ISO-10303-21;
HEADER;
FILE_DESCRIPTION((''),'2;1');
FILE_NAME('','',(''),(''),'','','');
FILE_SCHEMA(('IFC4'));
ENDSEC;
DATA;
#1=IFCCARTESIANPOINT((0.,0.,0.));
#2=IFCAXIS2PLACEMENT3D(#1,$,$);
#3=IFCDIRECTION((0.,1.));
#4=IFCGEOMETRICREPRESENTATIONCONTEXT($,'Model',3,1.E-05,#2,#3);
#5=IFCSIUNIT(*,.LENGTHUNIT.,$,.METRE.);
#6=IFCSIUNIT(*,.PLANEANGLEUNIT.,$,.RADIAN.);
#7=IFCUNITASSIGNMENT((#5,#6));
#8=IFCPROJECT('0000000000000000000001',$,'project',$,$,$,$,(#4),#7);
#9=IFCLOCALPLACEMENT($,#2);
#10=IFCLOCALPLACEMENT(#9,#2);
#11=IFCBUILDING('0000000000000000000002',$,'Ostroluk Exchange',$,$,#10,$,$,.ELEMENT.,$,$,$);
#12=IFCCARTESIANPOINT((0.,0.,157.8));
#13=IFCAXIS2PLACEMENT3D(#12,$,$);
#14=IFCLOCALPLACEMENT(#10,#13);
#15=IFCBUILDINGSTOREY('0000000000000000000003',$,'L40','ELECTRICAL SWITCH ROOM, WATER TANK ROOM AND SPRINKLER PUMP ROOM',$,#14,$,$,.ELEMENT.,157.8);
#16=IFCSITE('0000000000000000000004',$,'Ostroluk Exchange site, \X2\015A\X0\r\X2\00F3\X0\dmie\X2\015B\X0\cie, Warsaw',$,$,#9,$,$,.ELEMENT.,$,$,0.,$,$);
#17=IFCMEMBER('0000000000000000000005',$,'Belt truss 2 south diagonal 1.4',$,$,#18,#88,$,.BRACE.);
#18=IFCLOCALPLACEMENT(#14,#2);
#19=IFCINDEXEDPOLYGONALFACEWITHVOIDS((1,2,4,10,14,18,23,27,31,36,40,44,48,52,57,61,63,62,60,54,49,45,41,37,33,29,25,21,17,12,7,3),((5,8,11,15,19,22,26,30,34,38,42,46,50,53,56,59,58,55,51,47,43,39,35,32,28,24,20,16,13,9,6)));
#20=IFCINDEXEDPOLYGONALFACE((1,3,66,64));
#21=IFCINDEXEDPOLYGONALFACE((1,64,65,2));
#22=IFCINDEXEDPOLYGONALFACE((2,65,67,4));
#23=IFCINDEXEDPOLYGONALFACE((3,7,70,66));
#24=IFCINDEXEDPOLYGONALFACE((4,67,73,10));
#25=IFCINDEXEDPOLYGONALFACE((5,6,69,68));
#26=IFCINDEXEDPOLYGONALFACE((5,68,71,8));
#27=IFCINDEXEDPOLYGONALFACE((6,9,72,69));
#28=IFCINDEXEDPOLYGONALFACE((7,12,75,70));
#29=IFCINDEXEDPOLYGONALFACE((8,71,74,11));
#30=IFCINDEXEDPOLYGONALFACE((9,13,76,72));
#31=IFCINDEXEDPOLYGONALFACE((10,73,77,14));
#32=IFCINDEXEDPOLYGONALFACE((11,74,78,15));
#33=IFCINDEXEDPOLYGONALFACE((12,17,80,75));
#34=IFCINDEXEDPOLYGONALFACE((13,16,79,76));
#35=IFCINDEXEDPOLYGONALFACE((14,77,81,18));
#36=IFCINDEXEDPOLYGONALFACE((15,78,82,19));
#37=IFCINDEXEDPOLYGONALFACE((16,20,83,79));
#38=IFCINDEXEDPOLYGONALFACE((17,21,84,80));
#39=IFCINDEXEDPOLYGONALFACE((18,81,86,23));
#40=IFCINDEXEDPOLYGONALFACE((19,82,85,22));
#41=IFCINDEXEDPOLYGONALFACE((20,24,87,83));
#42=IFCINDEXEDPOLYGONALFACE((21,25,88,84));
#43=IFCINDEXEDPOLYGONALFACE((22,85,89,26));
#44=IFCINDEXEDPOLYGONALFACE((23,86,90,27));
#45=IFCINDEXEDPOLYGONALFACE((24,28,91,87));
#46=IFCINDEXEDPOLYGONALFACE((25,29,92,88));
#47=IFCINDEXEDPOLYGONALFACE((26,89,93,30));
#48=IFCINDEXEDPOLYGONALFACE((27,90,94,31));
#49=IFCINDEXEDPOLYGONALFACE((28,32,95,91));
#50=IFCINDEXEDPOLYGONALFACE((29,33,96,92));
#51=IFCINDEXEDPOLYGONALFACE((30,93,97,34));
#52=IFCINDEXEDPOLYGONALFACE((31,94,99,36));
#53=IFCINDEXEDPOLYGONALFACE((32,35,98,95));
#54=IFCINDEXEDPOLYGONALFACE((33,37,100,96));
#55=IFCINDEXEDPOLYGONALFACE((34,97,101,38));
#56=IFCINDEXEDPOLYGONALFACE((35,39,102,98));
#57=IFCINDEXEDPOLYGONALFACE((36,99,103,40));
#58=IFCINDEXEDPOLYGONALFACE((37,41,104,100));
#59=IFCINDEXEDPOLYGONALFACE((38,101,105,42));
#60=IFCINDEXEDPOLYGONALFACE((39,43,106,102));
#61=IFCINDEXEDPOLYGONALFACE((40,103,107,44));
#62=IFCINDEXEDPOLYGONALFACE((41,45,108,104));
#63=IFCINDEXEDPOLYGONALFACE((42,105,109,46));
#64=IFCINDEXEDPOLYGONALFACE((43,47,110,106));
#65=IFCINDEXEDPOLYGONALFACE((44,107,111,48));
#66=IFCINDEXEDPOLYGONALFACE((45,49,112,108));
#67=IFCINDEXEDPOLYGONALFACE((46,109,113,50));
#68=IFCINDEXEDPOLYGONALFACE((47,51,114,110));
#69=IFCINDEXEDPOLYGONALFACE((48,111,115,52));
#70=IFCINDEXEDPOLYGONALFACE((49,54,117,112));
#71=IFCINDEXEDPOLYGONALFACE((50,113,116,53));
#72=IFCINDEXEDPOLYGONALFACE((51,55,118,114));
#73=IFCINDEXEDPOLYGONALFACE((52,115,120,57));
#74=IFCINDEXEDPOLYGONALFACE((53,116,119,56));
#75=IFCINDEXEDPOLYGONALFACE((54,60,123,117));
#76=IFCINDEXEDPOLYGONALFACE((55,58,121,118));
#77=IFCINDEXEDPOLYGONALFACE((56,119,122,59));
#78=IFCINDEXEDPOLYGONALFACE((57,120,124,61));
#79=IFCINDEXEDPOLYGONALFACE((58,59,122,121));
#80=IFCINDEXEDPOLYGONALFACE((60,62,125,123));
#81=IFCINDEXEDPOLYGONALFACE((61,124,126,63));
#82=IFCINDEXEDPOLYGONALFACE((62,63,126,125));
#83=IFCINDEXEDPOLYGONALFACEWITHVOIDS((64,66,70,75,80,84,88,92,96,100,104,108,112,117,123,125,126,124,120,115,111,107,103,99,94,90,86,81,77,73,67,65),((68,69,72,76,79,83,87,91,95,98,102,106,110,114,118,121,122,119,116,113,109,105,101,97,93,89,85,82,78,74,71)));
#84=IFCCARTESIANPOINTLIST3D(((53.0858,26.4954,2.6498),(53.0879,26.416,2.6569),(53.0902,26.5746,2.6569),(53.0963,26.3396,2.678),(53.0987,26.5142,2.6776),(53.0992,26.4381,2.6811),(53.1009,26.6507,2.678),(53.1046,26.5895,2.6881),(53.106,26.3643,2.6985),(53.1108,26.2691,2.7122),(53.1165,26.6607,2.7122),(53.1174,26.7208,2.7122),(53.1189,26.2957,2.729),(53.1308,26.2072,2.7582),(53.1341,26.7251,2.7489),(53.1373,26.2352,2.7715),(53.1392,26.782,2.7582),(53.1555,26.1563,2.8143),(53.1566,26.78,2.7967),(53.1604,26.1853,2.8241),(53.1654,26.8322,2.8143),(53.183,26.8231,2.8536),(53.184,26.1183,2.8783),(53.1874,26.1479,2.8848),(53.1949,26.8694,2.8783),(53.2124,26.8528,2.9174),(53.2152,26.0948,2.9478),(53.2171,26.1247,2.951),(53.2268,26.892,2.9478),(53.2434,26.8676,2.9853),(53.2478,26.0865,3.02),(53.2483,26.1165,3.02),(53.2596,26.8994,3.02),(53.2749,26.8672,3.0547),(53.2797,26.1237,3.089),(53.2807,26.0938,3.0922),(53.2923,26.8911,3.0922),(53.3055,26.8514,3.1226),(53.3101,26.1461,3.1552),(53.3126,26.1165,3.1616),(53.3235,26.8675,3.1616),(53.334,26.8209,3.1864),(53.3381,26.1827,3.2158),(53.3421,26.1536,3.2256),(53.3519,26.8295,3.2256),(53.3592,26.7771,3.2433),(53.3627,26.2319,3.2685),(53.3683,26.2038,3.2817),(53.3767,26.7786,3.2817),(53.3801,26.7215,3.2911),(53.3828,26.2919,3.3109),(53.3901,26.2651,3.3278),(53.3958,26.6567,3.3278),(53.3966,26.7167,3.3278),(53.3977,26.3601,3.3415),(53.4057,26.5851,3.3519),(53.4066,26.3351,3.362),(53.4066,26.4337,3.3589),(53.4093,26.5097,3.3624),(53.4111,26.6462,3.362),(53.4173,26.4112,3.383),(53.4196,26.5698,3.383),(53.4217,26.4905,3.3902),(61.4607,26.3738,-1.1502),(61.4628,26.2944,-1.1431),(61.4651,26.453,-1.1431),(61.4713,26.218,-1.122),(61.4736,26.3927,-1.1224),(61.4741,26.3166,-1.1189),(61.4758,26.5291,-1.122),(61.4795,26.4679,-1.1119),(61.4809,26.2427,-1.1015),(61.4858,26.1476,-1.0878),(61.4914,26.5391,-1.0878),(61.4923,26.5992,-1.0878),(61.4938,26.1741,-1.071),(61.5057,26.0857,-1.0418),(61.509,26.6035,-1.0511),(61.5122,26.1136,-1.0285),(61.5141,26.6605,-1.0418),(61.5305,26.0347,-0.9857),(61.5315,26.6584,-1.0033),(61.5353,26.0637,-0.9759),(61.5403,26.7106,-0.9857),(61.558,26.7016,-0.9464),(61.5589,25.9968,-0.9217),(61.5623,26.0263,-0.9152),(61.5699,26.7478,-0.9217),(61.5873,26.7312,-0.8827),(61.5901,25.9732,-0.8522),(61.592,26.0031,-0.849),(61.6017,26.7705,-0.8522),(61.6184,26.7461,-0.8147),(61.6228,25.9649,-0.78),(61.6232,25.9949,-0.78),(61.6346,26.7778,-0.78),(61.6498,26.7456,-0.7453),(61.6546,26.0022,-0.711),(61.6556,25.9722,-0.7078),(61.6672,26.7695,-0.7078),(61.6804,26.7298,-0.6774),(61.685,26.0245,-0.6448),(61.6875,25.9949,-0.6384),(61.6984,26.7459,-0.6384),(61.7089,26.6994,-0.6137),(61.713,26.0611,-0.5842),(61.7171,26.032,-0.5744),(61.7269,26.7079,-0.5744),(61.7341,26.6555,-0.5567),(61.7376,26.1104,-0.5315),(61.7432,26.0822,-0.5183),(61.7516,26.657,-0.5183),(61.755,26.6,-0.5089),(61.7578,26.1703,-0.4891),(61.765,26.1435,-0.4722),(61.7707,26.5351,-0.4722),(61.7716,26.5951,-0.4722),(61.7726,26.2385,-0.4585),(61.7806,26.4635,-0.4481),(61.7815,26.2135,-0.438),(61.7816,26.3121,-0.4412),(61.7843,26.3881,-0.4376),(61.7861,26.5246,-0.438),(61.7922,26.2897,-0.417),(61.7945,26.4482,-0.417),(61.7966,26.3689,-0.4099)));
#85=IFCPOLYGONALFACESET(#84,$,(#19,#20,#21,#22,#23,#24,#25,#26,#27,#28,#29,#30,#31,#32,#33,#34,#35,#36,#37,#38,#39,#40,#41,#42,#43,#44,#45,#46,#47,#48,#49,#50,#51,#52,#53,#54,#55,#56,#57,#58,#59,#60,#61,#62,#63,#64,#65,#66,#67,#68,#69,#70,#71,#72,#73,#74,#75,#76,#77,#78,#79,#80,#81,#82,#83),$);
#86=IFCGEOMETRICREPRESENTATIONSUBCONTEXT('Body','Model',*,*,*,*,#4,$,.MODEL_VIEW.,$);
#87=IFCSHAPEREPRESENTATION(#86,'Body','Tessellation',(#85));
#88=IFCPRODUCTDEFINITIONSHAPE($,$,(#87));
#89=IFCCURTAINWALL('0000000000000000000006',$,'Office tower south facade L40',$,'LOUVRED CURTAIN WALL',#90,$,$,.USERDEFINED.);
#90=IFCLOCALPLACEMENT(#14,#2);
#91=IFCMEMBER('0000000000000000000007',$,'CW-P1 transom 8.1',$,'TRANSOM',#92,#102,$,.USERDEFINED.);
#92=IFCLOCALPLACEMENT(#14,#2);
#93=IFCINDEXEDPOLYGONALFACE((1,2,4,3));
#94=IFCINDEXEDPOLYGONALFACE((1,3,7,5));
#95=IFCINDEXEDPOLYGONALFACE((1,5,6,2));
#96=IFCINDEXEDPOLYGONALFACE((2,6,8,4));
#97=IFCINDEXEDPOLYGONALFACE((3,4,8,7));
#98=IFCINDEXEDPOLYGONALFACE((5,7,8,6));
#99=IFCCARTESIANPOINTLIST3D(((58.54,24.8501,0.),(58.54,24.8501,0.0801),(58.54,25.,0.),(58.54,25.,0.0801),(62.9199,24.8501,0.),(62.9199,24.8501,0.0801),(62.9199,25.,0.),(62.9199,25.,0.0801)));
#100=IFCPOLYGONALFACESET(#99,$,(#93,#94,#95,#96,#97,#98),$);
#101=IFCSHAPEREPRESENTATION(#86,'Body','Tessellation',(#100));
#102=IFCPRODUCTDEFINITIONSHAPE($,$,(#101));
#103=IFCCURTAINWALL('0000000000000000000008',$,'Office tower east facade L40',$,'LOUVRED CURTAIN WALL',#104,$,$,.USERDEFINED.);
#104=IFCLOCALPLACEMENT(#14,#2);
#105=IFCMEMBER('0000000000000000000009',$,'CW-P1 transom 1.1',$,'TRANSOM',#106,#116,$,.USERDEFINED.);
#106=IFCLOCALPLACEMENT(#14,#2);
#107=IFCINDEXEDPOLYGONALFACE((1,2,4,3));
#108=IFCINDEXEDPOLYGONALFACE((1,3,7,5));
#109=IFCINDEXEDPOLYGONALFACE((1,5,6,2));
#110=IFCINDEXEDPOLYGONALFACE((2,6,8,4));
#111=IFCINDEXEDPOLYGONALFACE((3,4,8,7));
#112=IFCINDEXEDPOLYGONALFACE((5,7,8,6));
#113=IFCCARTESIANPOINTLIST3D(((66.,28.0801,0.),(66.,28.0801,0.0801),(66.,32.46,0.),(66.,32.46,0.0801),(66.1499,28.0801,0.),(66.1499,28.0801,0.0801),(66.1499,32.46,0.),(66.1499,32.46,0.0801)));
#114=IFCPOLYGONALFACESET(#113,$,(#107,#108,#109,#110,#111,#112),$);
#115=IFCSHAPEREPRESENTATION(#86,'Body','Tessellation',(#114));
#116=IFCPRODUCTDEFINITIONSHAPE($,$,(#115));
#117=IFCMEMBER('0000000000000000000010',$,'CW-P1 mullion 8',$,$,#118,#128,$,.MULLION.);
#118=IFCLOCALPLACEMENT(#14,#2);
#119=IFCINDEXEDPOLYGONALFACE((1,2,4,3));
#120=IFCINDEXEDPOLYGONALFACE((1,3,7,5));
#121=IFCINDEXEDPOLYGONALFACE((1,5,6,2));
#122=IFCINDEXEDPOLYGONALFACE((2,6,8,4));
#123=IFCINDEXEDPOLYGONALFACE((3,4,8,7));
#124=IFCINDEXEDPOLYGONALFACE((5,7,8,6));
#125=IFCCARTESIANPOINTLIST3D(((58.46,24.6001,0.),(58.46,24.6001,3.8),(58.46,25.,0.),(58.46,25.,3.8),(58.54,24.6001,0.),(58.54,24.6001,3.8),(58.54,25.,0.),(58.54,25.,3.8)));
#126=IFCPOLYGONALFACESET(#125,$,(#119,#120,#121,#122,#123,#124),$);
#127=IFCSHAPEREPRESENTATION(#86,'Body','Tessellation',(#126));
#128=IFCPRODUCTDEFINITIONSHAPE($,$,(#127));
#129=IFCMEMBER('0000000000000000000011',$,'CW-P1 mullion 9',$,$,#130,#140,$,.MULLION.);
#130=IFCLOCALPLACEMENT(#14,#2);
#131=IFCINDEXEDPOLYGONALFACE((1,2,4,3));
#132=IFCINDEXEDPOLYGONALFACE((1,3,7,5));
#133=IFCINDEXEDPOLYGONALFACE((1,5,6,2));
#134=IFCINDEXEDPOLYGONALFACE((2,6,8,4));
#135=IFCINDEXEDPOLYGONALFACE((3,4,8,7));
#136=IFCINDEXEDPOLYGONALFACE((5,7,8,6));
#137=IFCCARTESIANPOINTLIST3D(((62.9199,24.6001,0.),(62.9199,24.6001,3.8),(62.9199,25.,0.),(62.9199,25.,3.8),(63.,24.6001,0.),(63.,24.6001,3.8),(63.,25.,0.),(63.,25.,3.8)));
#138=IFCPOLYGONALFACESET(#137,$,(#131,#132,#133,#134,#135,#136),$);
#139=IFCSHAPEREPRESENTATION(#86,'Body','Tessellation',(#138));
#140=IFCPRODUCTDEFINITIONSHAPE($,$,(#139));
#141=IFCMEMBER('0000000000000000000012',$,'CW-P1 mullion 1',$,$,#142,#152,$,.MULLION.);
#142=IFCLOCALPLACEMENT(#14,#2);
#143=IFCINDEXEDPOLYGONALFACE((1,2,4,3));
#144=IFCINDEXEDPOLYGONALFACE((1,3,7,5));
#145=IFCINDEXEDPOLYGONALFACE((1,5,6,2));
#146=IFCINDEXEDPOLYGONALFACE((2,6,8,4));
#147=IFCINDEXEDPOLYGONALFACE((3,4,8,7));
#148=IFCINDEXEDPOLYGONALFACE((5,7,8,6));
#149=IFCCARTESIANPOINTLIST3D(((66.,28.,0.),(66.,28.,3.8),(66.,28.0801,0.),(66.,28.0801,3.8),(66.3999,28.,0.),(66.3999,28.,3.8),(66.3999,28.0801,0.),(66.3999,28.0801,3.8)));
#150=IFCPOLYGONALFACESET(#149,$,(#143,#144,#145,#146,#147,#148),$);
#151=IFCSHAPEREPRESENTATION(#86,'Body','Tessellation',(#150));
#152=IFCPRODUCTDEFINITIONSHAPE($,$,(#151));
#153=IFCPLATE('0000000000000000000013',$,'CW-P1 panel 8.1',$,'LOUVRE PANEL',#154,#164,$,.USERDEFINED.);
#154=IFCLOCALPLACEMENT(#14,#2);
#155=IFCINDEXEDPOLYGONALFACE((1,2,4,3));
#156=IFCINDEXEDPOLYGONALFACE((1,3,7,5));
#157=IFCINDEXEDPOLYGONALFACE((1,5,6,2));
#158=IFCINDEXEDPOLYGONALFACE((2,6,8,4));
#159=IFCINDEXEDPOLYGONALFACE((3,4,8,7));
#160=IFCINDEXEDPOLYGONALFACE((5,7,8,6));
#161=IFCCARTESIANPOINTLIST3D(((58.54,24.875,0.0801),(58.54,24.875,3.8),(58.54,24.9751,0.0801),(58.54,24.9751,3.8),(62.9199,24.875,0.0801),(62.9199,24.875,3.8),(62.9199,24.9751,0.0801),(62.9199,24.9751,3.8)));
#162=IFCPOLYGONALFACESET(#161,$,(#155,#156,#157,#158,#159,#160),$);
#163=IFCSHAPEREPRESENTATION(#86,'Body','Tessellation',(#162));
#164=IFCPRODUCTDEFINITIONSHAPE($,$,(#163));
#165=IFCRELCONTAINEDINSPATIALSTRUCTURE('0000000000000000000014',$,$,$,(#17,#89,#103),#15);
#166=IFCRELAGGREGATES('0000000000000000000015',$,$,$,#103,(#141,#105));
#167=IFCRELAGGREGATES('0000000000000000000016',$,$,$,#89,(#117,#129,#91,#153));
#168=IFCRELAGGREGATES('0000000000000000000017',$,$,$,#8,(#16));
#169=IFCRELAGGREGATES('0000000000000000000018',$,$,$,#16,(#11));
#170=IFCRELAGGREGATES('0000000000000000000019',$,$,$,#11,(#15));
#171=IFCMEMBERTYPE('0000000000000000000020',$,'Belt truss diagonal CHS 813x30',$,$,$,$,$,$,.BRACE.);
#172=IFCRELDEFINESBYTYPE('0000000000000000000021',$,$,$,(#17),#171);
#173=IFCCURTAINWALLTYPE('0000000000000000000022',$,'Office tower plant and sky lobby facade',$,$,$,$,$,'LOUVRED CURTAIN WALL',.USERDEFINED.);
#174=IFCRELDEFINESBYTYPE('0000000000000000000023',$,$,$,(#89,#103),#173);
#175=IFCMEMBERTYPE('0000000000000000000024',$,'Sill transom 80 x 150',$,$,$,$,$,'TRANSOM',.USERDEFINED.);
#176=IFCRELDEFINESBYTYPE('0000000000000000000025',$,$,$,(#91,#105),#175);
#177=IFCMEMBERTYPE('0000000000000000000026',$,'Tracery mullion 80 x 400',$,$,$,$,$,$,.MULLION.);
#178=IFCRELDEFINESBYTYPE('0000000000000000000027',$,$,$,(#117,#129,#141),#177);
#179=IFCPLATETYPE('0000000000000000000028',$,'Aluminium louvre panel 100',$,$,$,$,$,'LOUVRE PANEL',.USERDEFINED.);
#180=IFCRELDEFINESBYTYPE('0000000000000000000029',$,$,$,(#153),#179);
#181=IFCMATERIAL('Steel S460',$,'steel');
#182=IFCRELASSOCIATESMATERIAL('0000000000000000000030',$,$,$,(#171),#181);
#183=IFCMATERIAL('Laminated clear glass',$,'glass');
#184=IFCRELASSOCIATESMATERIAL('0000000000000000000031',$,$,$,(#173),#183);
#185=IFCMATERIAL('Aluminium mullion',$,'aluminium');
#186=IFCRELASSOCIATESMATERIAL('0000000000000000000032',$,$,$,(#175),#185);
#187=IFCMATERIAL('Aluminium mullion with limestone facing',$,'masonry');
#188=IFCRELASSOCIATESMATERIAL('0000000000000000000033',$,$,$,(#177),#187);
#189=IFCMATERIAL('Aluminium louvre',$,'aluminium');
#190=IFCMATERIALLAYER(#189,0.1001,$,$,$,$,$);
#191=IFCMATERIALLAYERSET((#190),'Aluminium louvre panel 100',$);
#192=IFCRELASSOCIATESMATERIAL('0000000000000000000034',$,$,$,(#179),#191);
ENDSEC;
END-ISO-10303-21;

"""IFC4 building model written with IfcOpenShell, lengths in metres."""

from ifc_helpers import new_model, si_unit, direction, frame, origin, origin_2d, place, context, subcontext, project, spatial, rectangle, hollow_circle, extrude, material, layer, layer_set, material_profile, profile_set, type_object, element, aggregate, save


model = new_model("IFC4")

# Units and contexts
model_context = context("Model", 3, precision=1e-05, world=origin(), true_north=direction((0.0, 1.0)))
body_context = subcontext(model_context, "Body", "Model", "MODEL_VIEW")
ifc_project = project(units=[si_unit("LENGTHUNIT", "METRE"), si_unit("PLANEANGLEUNIT", "RADIAN")], contexts=[model_context])

# Site, building, storey
site_placement = place(None, origin())
site = spatial("IfcSite", under=ifc_project, at=site_placement, Name="Ostroluk Exchange site, Śródmieście, Warsaw", CompositionType="ELEMENT", RefElevation=0.0)
building_placement = place(site_placement, origin())
building = spatial("IfcBuilding", under=site, at=building_placement, Name="Ostroluk Exchange", CompositionType="ELEMENT")
storey_placement = place(building_placement, frame((0.0, 0.0, 157.8)))
storey = spatial("IfcBuildingStorey", under=building, at=storey_placement, Name="L40", Description="ELECTRICAL SWITCH ROOM, WATER TANK ROOM AND SPRINKLER PUMP ROOM", CompositionType="ELEMENT", Elevation=157.8)

# Member
ifc_material_1 = material(Name="Steel S460", Category="steel")
ifc_material_profile_1 = material_profile(ifc_material_1, hollow_circle(Radius=0.4065, WallThickness=0.03, at=origin_2d()), Name="CHS 813x30")
ifc_profile_set_1 = profile_set([ifc_material_profile_1], Name="Steel S460")
member_type_1 = type_object("IfcMemberType", Name="Belt truss diagonal CHS 813x30", PredefinedType="BRACE", material=ifc_profile_set_1)
for number, where, z_axis, x_axis, name in (
    (1, (61.6287, 26.3713, -0.78), (-0.910564, 0.013219, 0.413157), (-0.014516, -0.999895, 0.0), "Belt truss 2 south diagonal 1.4"),
):
    element("IfcMember", number, at=place(storey_placement, frame(where, z_axis=z_axis, x_axis=x_axis)), inside=storey, type_object=member_type_1, Name=name, PredefinedType="BRACE", context=body_context, shape_type="SweptSolid", body=[
        extrude(hollow_circle(Radius=0.4065, WallThickness=0.03, at=origin_2d()), origin(), (0.0, 0.0, 1.0), 9.1975),
    ])

# Curtain walls, members
ifc_material_2 = material(Name="Laminated clear glass", Category="glass")
curtain_wall_type = type_object("IfcCurtainWallType", Name="Office tower plant and sky lobby facade", ElementType="LOUVRED CURTAIN WALL", PredefinedType="USERDEFINED", material=ifc_material_2)
curtain_wall_1_placement = place(storey_placement, origin())
curtain_wall_1 = element("IfcCurtainWall", 2, at=curtain_wall_1_placement, inside=storey, type_object=curtain_wall_type, Name="Office tower south facade L40", ObjectType="LOUVRED CURTAIN WALL", PredefinedType="USERDEFINED")
ifc_material_3 = material(Name="Aluminium mullion", Category="aluminium")
ifc_material_profile_2 = material_profile(ifc_material_3, rectangle(XDim=0.1499, YDim=0.0801, at=origin_2d()), Name="Sill transom 80 x 150")
ifc_profile_set_2 = profile_set([ifc_material_profile_2], Name="Aluminium mullion")
member_type_2 = type_object("IfcMemberType", Name="Sill transom 80 x 150", ElementType="TRANSOM", PredefinedType="USERDEFINED", material=ifc_profile_set_2)
member_1_placement = place(storey_placement, frame((58.54, 24.925, 0.04), z_axis=(1.0, 0.0, 0.0), x_axis=(0.0, 1.0, 0.0)))
member_1 = element("IfcMember", 3, at=member_1_placement, type_object=member_type_2, Name="CW-P1 transom 8.1", ObjectType="TRANSOM", PredefinedType="USERDEFINED", context=body_context, shape_type="SweptSolid", body=[
    extrude(rectangle(XDim=0.1499, YDim=0.0801, at=origin_2d()), origin(), (0.0, 0.0, 1.0), 4.3799),
])
curtain_wall_2_placement = place(storey_placement, origin())
curtain_wall_2 = element("IfcCurtainWall", 4, at=curtain_wall_2_placement, inside=storey, type_object=curtain_wall_type, Name="Office tower east facade L40", ObjectType="LOUVRED CURTAIN WALL", PredefinedType="USERDEFINED")
member_2_placement = place(storey_placement, frame((66.075, 28.0801, 0.04), z_axis=(0.0, 1.0, 0.0), x_axis=(-1.0, 0.0, 0.0)))
member_2 = element("IfcMember", 5, at=member_2_placement, type_object=member_type_2, Name="CW-P1 transom 1.1", ObjectType="TRANSOM", PredefinedType="USERDEFINED", context=body_context, shape_type="SweptSolid", body=[
    extrude(rectangle(XDim=0.1499, YDim=0.0801, at=origin_2d()), origin(), (0.0, 0.0, 1.0), 4.3799),
])

# Members
ifc_material_4 = material(Name="Aluminium mullion with limestone facing", Category="masonry")
ifc_material_profile_3 = material_profile(ifc_material_4, rectangle(XDim=0.3999, YDim=0.0801, at=origin_2d()), Name="Tracery mullion 80 x 400")
ifc_profile_set_3 = profile_set([ifc_material_profile_3], Name="Aluminium mullion with limestone facing")
member_type_3 = type_object("IfcMemberType", Name="Tracery mullion 80 x 400", PredefinedType="MULLION", material=ifc_profile_set_3)
member_3_placement = place(storey_placement, frame((58.5, 24.8, 0.0), z_axis=(0.0, 0.0, 1.0), x_axis=(0.0, 1.0, 0.0)))
member_3 = element("IfcMember", 6, at=member_3_placement, type_object=member_type_3, Name="CW-P1 mullion 8", PredefinedType="MULLION", context=body_context, shape_type="SweptSolid", body=[
    extrude(rectangle(XDim=0.3999, YDim=0.0801, at=origin_2d()), origin(), (0.0, 0.0, 1.0), 3.8),
])
member_4_placement = place(storey_placement, frame((62.96, 24.8, 0.0), z_axis=(0.0, 0.0, 1.0), x_axis=(0.0, 1.0, 0.0)))
member_4 = element("IfcMember", 7, at=member_4_placement, type_object=member_type_3, Name="CW-P1 mullion 9", PredefinedType="MULLION", context=body_context, shape_type="SweptSolid", body=[
    extrude(rectangle(XDim=0.3999, YDim=0.0801, at=origin_2d()), origin(), (0.0, 0.0, 1.0), 3.8),
])
member_5_placement = place(storey_placement, frame((66.2, 28.04, 0.0), z_axis=(0.0, 0.0, 1.0), x_axis=(-1.0, 0.0, 0.0)))
member_5 = element("IfcMember", 8, at=member_5_placement, type_object=member_type_3, Name="CW-P1 mullion 1", PredefinedType="MULLION", context=body_context, shape_type="SweptSolid", body=[
    extrude(rectangle(XDim=0.3999, YDim=0.0801, at=origin_2d()), origin(), (0.0, 0.0, 1.0), 3.8),
])
aggregate(curtain_wall_2, [member_5, member_2])

# Plate
ifc_material_5 = material(Name="Aluminium louvre", Category="aluminium")
ifc_layer_1 = layer(ifc_material_5, 0.1001)
ifc_layer_set_1 = layer_set([ifc_layer_1], Name="Aluminium louvre panel 100")
plate_type = type_object("IfcPlateType", Name="Aluminium louvre panel 100", ElementType="LOUVRE PANEL", PredefinedType="USERDEFINED", material=ifc_layer_set_1)
plate_placement = place(storey_placement, frame((60.73, 24.925, 0.0801), z_axis=(0.0, 0.0, 1.0), x_axis=(1.0, 0.0, 0.0)))
plate = element("IfcPlate", 9, at=plate_placement, type_object=plate_type, Name="CW-P1 panel 8.1", ObjectType="LOUVRE PANEL", PredefinedType="USERDEFINED", context=body_context, shape_type="SweptSolid", body=[
    extrude(rectangle(XDim=4.3799, YDim=0.1001, at=origin_2d()), origin(), (0.0, 0.0, 1.0), 3.72),
])
aggregate(curtain_wall_1, [member_3, member_4, member_1, plate])

save(model, "model.ifc")
